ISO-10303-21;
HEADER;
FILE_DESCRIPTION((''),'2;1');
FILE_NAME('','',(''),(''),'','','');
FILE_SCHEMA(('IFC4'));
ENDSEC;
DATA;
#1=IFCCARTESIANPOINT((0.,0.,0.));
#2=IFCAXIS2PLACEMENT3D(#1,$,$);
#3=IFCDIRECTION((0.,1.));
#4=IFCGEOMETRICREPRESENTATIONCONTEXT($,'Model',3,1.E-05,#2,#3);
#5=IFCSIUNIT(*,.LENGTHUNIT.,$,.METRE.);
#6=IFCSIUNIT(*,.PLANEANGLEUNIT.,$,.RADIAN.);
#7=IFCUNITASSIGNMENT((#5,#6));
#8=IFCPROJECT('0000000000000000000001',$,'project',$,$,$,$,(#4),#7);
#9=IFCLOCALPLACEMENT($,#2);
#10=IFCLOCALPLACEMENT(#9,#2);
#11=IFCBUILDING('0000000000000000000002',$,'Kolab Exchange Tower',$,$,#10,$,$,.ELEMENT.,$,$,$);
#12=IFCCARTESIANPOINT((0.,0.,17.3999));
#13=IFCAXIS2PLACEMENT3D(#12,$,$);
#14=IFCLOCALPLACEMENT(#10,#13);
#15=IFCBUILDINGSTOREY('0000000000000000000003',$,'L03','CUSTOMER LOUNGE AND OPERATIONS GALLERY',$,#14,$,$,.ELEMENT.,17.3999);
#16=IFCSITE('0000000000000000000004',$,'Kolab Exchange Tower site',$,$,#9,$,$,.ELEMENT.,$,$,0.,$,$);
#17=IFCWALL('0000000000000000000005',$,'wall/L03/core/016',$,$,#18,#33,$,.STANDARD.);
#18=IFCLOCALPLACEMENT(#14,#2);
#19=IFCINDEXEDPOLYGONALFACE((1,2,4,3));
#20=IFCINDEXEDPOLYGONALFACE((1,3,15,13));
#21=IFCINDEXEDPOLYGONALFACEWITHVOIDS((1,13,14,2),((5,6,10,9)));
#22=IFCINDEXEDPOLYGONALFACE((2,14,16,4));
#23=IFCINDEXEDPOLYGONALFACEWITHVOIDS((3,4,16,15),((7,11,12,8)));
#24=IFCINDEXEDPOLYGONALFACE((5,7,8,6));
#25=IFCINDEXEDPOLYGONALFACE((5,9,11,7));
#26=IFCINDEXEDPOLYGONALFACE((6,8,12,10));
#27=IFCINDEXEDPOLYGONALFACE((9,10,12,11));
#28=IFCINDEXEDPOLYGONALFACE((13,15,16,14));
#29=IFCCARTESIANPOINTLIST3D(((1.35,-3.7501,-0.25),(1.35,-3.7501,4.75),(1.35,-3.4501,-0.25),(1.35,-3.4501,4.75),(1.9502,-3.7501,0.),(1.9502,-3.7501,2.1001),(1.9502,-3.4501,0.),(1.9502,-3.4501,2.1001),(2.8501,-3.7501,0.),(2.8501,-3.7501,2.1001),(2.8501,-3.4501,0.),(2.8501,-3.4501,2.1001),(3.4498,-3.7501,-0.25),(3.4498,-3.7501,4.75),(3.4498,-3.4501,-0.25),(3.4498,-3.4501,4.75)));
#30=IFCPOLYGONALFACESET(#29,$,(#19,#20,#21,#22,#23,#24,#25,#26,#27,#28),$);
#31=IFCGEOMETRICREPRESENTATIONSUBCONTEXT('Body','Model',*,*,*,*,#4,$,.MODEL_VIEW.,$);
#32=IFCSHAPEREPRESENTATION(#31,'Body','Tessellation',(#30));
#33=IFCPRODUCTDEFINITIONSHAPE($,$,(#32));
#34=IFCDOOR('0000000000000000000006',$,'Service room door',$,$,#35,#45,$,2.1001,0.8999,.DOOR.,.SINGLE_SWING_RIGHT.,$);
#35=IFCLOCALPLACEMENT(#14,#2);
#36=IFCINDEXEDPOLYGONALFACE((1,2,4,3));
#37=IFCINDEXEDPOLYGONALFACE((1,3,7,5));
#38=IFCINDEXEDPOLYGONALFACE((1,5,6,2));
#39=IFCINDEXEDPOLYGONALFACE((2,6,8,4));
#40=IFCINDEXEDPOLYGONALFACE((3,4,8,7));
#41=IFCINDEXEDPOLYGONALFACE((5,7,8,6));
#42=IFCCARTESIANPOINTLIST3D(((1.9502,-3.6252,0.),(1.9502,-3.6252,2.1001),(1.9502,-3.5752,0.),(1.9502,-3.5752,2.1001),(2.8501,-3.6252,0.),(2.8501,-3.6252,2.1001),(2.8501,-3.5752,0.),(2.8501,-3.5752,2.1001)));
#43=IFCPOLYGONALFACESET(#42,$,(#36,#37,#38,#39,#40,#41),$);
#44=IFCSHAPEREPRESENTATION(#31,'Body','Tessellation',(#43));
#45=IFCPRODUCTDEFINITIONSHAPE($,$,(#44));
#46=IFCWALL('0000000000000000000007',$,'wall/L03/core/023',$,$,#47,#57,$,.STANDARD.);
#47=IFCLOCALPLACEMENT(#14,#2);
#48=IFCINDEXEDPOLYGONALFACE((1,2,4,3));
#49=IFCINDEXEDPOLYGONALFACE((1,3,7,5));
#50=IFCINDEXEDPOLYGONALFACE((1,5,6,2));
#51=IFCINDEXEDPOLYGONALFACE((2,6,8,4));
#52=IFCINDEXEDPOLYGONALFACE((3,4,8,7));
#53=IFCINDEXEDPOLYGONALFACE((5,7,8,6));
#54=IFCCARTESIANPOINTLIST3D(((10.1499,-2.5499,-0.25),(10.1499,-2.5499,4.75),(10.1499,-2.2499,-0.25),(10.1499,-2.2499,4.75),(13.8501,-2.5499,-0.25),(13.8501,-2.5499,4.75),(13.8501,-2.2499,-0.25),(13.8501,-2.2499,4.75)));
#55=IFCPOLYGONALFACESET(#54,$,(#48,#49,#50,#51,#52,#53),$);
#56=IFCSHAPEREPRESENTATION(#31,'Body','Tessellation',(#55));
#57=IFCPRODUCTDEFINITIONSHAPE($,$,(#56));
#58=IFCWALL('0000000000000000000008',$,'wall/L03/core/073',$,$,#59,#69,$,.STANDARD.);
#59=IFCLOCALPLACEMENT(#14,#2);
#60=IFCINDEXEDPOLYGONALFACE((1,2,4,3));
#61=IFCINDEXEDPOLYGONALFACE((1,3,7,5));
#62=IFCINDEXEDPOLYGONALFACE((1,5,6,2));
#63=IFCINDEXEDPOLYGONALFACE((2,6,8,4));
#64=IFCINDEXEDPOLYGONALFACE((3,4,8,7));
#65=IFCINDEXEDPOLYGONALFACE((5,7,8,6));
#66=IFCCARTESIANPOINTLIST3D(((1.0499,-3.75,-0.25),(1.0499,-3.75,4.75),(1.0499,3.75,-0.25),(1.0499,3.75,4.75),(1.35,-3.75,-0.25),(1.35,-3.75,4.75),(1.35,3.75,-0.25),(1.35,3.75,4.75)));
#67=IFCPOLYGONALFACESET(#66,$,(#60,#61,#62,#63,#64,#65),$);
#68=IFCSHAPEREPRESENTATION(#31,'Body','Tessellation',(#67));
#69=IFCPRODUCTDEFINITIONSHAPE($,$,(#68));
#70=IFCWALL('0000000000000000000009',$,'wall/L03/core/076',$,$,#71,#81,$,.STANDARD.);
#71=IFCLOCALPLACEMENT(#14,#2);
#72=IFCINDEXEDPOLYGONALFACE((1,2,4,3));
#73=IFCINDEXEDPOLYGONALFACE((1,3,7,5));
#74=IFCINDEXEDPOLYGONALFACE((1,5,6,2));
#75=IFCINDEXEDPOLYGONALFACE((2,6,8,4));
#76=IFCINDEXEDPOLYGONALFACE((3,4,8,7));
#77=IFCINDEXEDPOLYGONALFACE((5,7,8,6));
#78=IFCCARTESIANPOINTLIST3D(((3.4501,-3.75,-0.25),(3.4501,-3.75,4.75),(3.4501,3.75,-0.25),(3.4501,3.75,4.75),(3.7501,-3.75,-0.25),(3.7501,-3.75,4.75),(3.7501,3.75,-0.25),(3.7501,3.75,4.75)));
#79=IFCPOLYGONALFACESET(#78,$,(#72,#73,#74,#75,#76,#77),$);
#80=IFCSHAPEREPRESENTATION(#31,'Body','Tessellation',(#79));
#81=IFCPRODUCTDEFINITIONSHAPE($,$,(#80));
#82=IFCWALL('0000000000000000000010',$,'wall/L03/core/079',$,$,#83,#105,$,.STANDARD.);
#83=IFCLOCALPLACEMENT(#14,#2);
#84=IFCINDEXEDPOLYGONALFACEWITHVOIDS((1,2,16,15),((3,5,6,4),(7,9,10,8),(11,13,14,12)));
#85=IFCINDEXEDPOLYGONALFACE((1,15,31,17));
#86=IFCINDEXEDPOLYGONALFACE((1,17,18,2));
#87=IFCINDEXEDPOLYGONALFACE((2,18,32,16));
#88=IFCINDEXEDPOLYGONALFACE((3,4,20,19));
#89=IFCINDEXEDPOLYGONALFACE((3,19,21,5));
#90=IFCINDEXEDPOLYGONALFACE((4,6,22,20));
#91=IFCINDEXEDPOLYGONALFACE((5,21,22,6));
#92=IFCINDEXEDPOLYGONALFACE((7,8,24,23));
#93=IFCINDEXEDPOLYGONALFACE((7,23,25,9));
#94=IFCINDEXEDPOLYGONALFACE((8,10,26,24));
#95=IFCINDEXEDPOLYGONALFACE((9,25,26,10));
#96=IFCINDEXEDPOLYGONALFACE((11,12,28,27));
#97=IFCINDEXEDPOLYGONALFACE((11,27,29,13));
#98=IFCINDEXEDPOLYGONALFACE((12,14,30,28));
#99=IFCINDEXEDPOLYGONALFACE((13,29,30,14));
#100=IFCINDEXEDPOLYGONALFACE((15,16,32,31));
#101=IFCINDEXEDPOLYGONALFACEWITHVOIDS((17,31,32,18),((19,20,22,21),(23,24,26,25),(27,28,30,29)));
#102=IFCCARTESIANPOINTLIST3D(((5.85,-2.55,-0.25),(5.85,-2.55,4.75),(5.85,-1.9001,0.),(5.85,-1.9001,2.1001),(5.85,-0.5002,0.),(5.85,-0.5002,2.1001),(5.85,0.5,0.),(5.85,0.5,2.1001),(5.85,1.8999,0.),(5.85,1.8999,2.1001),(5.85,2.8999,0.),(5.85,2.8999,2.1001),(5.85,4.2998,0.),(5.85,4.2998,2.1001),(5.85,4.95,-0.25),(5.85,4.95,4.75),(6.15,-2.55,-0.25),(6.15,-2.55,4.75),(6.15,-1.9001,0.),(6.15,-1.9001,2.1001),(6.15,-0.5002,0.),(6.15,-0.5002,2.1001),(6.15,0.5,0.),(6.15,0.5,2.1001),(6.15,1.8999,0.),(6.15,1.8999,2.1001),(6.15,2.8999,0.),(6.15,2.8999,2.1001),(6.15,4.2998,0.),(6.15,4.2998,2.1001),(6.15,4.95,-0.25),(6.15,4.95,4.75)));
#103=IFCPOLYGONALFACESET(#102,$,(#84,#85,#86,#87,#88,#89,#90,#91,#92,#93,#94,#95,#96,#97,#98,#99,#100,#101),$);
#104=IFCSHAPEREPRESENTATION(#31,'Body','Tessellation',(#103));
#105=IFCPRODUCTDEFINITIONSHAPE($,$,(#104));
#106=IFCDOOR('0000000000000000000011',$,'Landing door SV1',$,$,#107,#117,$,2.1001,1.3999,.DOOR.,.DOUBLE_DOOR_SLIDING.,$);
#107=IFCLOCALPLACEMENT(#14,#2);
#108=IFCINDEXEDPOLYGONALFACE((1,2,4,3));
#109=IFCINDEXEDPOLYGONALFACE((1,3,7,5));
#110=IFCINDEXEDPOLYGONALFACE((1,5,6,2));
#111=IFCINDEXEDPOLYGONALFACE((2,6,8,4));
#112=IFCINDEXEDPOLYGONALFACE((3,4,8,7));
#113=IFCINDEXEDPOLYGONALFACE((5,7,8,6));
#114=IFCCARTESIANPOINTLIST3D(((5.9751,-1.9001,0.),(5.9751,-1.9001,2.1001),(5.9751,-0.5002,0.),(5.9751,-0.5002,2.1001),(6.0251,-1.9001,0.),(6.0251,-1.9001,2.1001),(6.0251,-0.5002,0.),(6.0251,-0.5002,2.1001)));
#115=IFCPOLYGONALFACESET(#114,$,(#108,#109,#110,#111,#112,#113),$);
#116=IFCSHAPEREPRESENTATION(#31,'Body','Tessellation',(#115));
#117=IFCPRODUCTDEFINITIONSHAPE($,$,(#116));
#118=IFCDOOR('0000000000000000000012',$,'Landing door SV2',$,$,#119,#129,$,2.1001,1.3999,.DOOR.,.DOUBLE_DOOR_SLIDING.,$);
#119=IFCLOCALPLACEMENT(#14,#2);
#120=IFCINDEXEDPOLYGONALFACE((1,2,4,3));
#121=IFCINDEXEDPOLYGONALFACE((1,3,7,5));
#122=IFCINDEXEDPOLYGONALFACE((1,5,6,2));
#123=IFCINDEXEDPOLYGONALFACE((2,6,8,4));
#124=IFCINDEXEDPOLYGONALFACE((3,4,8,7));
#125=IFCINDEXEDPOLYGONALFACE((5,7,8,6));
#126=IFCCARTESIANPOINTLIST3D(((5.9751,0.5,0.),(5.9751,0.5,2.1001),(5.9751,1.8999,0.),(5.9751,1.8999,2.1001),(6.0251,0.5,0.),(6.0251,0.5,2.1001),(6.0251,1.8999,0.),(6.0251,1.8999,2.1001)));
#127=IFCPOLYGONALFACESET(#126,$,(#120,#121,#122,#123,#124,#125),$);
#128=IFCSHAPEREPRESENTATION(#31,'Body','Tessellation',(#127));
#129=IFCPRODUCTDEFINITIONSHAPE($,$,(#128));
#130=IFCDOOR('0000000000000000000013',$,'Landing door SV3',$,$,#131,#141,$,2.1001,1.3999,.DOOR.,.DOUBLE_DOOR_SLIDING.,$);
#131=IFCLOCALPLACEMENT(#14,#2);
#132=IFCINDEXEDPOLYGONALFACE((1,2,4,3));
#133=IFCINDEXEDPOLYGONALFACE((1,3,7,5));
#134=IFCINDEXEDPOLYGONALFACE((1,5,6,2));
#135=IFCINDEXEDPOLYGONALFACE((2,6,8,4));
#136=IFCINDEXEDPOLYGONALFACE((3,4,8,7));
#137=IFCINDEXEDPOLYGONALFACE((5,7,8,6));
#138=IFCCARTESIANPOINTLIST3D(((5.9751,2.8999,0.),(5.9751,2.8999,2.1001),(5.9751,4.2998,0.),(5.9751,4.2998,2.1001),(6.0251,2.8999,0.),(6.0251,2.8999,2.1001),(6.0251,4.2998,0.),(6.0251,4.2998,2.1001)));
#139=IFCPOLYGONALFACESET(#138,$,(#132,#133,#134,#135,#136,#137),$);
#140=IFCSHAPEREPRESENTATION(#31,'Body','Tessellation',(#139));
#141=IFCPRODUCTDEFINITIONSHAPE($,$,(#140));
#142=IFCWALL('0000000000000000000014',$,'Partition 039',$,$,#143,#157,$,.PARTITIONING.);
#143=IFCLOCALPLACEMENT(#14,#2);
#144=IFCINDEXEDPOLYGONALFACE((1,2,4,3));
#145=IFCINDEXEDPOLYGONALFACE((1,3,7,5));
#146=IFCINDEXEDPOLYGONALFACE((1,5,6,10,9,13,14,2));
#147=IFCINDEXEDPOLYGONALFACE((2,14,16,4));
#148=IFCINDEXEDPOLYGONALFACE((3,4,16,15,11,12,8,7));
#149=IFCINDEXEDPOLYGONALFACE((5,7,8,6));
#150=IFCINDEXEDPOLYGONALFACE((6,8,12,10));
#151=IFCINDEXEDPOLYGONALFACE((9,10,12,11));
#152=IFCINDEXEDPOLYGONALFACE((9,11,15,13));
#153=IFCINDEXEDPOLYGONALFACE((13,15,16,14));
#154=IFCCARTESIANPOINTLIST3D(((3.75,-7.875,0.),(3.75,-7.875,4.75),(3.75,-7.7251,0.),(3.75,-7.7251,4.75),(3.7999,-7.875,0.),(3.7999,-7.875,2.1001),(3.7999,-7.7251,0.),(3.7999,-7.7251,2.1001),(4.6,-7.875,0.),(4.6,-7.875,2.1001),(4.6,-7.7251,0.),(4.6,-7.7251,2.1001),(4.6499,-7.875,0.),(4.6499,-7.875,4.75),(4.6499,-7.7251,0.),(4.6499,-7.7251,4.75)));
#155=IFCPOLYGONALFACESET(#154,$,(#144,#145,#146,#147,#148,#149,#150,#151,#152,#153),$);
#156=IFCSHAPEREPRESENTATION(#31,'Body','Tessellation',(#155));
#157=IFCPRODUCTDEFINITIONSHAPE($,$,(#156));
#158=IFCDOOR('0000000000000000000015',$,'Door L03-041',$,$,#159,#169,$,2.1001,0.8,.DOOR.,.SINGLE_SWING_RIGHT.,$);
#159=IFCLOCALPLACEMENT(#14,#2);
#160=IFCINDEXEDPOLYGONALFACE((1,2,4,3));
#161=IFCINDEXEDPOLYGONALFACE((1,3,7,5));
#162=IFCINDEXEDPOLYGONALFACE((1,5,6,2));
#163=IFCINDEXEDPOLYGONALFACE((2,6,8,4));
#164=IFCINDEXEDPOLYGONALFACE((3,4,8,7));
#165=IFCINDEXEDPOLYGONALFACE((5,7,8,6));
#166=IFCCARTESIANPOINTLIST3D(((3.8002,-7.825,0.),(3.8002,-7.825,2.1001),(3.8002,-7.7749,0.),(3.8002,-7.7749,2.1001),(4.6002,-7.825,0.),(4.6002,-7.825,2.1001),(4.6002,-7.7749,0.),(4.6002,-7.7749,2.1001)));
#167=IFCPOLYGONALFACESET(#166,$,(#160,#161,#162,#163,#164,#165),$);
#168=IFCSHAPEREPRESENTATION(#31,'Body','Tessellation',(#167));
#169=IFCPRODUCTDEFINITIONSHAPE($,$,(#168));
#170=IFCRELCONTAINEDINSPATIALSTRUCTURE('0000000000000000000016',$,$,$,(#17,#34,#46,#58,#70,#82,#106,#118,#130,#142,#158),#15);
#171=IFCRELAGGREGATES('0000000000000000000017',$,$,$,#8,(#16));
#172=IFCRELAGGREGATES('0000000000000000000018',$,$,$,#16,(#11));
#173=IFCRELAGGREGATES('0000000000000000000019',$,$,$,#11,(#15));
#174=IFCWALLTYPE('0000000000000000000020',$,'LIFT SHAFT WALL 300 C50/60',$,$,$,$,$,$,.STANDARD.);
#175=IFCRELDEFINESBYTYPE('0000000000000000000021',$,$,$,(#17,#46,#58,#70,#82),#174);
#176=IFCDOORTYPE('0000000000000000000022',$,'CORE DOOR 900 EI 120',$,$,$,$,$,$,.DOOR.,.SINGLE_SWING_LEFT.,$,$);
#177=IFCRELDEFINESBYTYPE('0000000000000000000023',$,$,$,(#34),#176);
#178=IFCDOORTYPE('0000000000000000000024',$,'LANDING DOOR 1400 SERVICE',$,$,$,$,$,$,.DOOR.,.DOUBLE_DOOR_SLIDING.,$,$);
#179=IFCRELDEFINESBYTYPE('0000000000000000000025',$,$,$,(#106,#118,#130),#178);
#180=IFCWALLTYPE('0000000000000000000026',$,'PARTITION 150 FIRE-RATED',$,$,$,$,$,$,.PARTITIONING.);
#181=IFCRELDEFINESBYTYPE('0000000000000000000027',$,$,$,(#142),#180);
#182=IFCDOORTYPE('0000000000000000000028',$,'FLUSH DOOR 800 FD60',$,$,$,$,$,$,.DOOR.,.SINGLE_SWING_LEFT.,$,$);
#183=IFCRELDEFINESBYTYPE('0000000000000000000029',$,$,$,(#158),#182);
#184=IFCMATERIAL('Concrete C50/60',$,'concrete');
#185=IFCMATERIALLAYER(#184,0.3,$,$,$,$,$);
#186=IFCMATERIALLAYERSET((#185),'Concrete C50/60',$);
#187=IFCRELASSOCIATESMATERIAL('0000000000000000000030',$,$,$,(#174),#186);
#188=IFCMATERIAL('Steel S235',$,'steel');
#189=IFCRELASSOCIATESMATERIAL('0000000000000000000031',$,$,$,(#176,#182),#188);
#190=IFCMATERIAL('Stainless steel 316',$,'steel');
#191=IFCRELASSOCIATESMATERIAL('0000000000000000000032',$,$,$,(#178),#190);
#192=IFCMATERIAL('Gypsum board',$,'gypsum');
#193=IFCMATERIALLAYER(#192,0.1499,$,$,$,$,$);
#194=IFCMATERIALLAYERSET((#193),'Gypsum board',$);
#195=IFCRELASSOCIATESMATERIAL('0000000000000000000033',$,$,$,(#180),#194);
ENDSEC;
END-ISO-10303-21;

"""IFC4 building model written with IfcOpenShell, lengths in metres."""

from ifc_helpers import new_model, si_unit, direction, frame, frame_2d, origin, place, context, subcontext, project, spatial, rectangle, extrude, material, layer, layer_set, type_object, element, fill, save


model = new_model("IFC4")

# Units and contexts
model_context = context("Model", 3, precision=1e-05, world=origin(), true_north=direction((0.0, 1.0)))
body_context = subcontext(model_context, "Body", "Model", "MODEL_VIEW")
ifc_project = project(units=[si_unit("LENGTHUNIT", "METRE"), si_unit("PLANEANGLEUNIT", "RADIAN")], contexts=[model_context])

# Site, building, storey
site_placement = place(None, origin())
site = spatial("IfcSite", under=ifc_project, at=site_placement, Name="Kolab Exchange Tower site", CompositionType="ELEMENT", RefElevation=0.0)
building_placement = place(site_placement, origin())
building = spatial("IfcBuilding", under=site, at=building_placement, Name="Kolab Exchange Tower", CompositionType="ELEMENT")
storey_placement = place(building_placement, frame((0.0, 0.0, 17.3999)))
storey = spatial("IfcBuildingStorey", under=building, at=storey_placement, Name="L03", Description="CUSTOMER LOUNGE AND OPERATIONS GALLERY", CompositionType="ELEMENT", Elevation=17.3999)

# Shared definitions
ifc_material_1 = material(Name="Concrete C50/60", Category="concrete")

# Shared definitions
ifc_layer_1 = layer(ifc_material_1, 0.3)
ifc_layer_set_1 = layer_set([ifc_layer_1], Name="Concrete C50/60")
wall_type_1 = type_object("IfcWallType", Name="LIFT SHAFT WALL 300 C50/60", PredefinedType="STANDARD", material=ifc_layer_set_1)

# Shared definitions
ifc_material_2 = material(Name="Steel S235", Category="steel")
door_type_1 = type_object("IfcDoorType", Name="CORE DOOR 900 EI 120", OperationType="SINGLE_SWING_LEFT", PredefinedType="DOOR", material=ifc_material_2)

# Wall, opening, door
wall_1_placement = place(storey_placement, frame((1.3501, -3.6001, -0.25), z_axis=(0.0, 0.0, 1.0), x_axis=(1.0, 0.0, 0.0)))
wall_1 = element("IfcWall", 1, at=wall_1_placement, inside=storey, type_object=wall_type_1, Name="wall/L03/core/016", PredefinedType="STANDARD", context=body_context, shape_type="SweptSolid", body=[
    extrude(rectangle(XDim=2.0999, YDim=0.3, at=frame_2d((1.0498, 0.0))), origin(), (0.0, 0.0, 1.0), 5.0),
])
opening_1_placement = place(wall_1_placement, frame((0.6001, 0.0, 0.25)))
opening_1 = element("IfcOpeningElement", 2, at=opening_1_placement, cuts=wall_1, PredefinedType="OPENING", context=body_context, shape_type="SweptSolid", body=[
    extrude(rectangle(XDim=0.8999, YDim=2.1001, at=frame_2d((0.45, 1.05))), frame((0.0, 0.1602, 0.0), z_axis=(0.0, -1.0, 0.0), x_axis=(1.0, 0.0, 0.0)), (0.0, 0.0, 1.0), 0.3201),
])
door_1_placement = place(opening_1_placement, origin())
door_1 = element("IfcDoor", 3, at=door_1_placement, inside=storey, type_object=door_type_1, Name="Service room door", OperationType="SINGLE_SWING_RIGHT", OverallHeight=2.1001, OverallWidth=0.8999, PredefinedType="DOOR", context=body_context, shape_type="SweptSolid", body=[
    extrude(rectangle(XDim=0.8999, YDim=2.1001, at=frame_2d((0.45, 1.05))), frame((0.0, 0.0249, 0.0), z_axis=(0.0, -1.0, 0.0), x_axis=(1.0, 0.0, 0.0)), (0.0, 0.0, 1.0), 0.05),
])
fill(opening_1, door_1)

# Walls
wall_2_placement = place(storey_placement, frame((10.1499, -2.3999, -0.25), z_axis=(0.0, 0.0, 1.0), x_axis=(1.0, 0.0, 0.0)))
element("IfcWall", 4, at=wall_2_placement, inside=storey, type_object=wall_type_1, Name="wall/L03/core/023", PredefinedType="STANDARD", context=body_context, shape_type="SweptSolid", body=[
    extrude(rectangle(XDim=3.7002, YDim=0.3, at=frame_2d((1.8501, 0.0))), origin(), (0.0, 0.0, 1.0), 5.0),
])
for number, where, z_axis, x_axis, name in (
    (5, (1.2, -3.75, -0.25), (0.0, 0.0, 1.0), (0.0, 1.0, 0.0), "wall/L03/core/073"),
    (6, (3.6001, -3.75, -0.25), (0.0, 0.0, 1.0), (0.0, 1.0, 0.0), "wall/L03/core/076"),
):
    element("IfcWall", number, at=place(storey_placement, frame(where, z_axis=z_axis, x_axis=x_axis)), inside=storey, type_object=wall_type_1, Name=name, PredefinedType="STANDARD", context=body_context, shape_type="SweptSolid", body=[
        extrude(rectangle(XDim=7.5, YDim=0.3, at=frame_2d((3.75, 0.0))), origin(), (0.0, 0.0, 1.0), 5.0),
    ])

# Wall, openings, doors
wall_3_placement = place(storey_placement, frame((6.0, -2.55, -0.25), z_axis=(0.0, 0.0, 1.0), x_axis=(0.0, 1.0, 0.0)))
wall_3 = element("IfcWall", 7, at=wall_3_placement, inside=storey, type_object=wall_type_1, Name="wall/L03/core/079", PredefinedType="STANDARD", context=body_context, shape_type="SweptSolid", body=[
    extrude(rectangle(XDim=7.5, YDim=0.3, at=frame_2d((3.75, 0.0))), origin(), (0.0, 0.0, 1.0), 5.0),
])
opening_2_placement = place(wall_3_placement, frame((0.6499, 0.0, 0.25)))
opening_2 = element("IfcOpeningElement", 8, at=opening_2_placement, cuts=wall_3, PredefinedType="OPENING", context=body_context, shape_type="SweptSolid", body=[
    extrude(rectangle(XDim=1.3999, YDim=2.1001, at=frame_2d((0.7, 1.05))), frame((0.0, 0.1602, 0.0), z_axis=(0.0, -1.0, 0.0), x_axis=(1.0, 0.0, 0.0)), (0.0, 0.0, 1.0), 0.3201),
])
opening_3_placement = place(wall_3_placement, frame((3.05, 0.0, 0.25)))
opening_3 = element("IfcOpeningElement", 9, at=opening_3_placement, cuts=wall_3, PredefinedType="OPENING", context=body_context, shape_type="SweptSolid", body=[
    extrude(rectangle(XDim=1.3999, YDim=2.1001, at=frame_2d((0.7, 1.05))), frame((0.0, 0.1602, 0.0), z_axis=(0.0, -1.0, 0.0), x_axis=(1.0, 0.0, 0.0)), (0.0, 0.0, 1.0), 0.3201),
])
opening_4_placement = place(wall_3_placement, frame((5.45, 0.0, 0.25)))
opening_4 = element("IfcOpeningElement", 10, at=opening_4_placement, cuts=wall_3, PredefinedType="OPENING", context=body_context, shape_type="SweptSolid", body=[
    extrude(rectangle(XDim=1.3999, YDim=2.1001, at=frame_2d((0.7, 1.05))), frame((0.0, 0.1602, 0.0), z_axis=(0.0, -1.0, 0.0), x_axis=(1.0, 0.0, 0.0)), (0.0, 0.0, 1.0), 0.3201),
])
ifc_material_3 = material(Name="Stainless steel 316", Category="steel")
door_type_2 = type_object("IfcDoorType", Name="LANDING DOOR 1400 SERVICE", OperationType="DOUBLE_DOOR_SLIDING", PredefinedType="DOOR", material=ifc_material_3)
door_2_placement = place(opening_2_placement, origin())
door_2 = element("IfcDoor", 11, at=door_2_placement, inside=storey, type_object=door_type_2, Name="Landing door SV1", OperationType="DOUBLE_DOOR_SLIDING", OverallHeight=2.1001, OverallWidth=1.3999, PredefinedType="DOOR", context=body_context, shape_type="SweptSolid", body=[
    extrude(rectangle(XDim=1.3999, YDim=2.1001, at=frame_2d((0.7, 1.05))), frame((0.0, 0.0249, 0.0), z_axis=(0.0, -1.0, 0.0), x_axis=(1.0, 0.0, 0.0)), (0.0, 0.0, 1.0), 0.05),
])
fill(opening_2, door_2)
door_3_placement = place(opening_3_placement, origin())
door_3 = element("IfcDoor", 12, at=door_3_placement, inside=storey, type_object=door_type_2, Name="Landing door SV2", OperationType="DOUBLE_DOOR_SLIDING", OverallHeight=2.1001, OverallWidth=1.3999, PredefinedType="DOOR", context=body_context, shape_type="SweptSolid", body=[
    extrude(rectangle(XDim=1.3999, YDim=2.1001, at=frame_2d((0.7, 1.05))), frame((0.0, 0.0249, 0.0), z_axis=(0.0, -1.0, 0.0), x_axis=(1.0, 0.0, 0.0)), (0.0, 0.0, 1.0), 0.05),
])
fill(opening_3, door_3)
door_4_placement = place(opening_4_placement, origin())
door_4 = element("IfcDoor", 13, at=door_4_placement, inside=storey, type_object=door_type_2, Name="Landing door SV3", OperationType="DOUBLE_DOOR_SLIDING", OverallHeight=2.1001, OverallWidth=1.3999, PredefinedType="DOOR", context=body_context, shape_type="SweptSolid", body=[
    extrude(rectangle(XDim=1.3999, YDim=2.1001, at=frame_2d((0.7, 1.05))), frame((0.0, 0.0249, 0.0), z_axis=(0.0, -1.0, 0.0), x_axis=(1.0, 0.0, 0.0)), (0.0, 0.0, 1.0), 0.05),
])
fill(opening_4, door_4)

# Wall, opening, door
ifc_material_4 = material(Name="Gypsum board", Category="gypsum")
ifc_layer_2 = layer(ifc_material_4, 0.1499)
ifc_layer_set_2 = layer_set([ifc_layer_2], Name="Gypsum board")
wall_type_2 = type_object("IfcWallType", Name="PARTITION 150 FIRE-RATED", PredefinedType="PARTITIONING", material=ifc_layer_set_2)
wall_4_placement = place(storey_placement, frame((3.75, -7.8, 0.0), z_axis=(0.0, 0.0, 1.0), x_axis=(1.0, 0.0, 0.0)))
wall_4 = element("IfcWall", 14, at=wall_4_placement, inside=storey, type_object=wall_type_2, Name="Partition 039", PredefinedType="PARTITIONING", context=body_context, shape_type="SweptSolid", body=[
    extrude(rectangle(XDim=0.8999, YDim=0.1499, at=frame_2d((0.45, 0.0))), origin(), (0.0, 0.0, 1.0), 4.75),
])
opening_5_placement = place(wall_4_placement, frame((0.05, 0.0, 0.0)))
opening_5 = element("IfcOpeningElement", 15, at=opening_5_placement, cuts=wall_4, PredefinedType="OPENING", context=body_context, shape_type="SweptSolid", body=[
    extrude(rectangle(XDim=0.8, YDim=2.1001, at=frame_2d((0.3999, 1.05))), frame((0.0, 0.085, 0.0), z_axis=(0.0, -1.0, 0.0), x_axis=(1.0, 0.0, 0.0)), (0.0, 0.0, 1.0), 0.1699),
])
door_type_3 = type_object("IfcDoorType", Name="FLUSH DOOR 800 FD60", OperationType="SINGLE_SWING_LEFT", PredefinedType="DOOR", material=ifc_material_2)
door_5_placement = place(opening_5_placement, frame((0.8, 0.0, 0.0), z_axis=(0.0, 0.0, 1.0), x_axis=(-1.0, 0.0, 0.0)))
door_5 = element("IfcDoor", 16, at=door_5_placement, inside=storey, type_object=door_type_3, Name="Door L03-041", OperationType="SINGLE_SWING_RIGHT", OverallHeight=2.1001, OverallWidth=0.8, PredefinedType="DOOR", context=body_context, shape_type="SweptSolid", body=[
    extrude(rectangle(XDim=0.8, YDim=2.1001, at=frame_2d((0.3999, 1.05))), frame((0.0, 0.0249, 0.0), z_axis=(0.0, -1.0, 0.0), x_axis=(1.0, 0.0, 0.0)), (0.0, 0.0, 1.0), 0.05),
])
fill(opening_5, door_5)

save(model, "model.ifc")
